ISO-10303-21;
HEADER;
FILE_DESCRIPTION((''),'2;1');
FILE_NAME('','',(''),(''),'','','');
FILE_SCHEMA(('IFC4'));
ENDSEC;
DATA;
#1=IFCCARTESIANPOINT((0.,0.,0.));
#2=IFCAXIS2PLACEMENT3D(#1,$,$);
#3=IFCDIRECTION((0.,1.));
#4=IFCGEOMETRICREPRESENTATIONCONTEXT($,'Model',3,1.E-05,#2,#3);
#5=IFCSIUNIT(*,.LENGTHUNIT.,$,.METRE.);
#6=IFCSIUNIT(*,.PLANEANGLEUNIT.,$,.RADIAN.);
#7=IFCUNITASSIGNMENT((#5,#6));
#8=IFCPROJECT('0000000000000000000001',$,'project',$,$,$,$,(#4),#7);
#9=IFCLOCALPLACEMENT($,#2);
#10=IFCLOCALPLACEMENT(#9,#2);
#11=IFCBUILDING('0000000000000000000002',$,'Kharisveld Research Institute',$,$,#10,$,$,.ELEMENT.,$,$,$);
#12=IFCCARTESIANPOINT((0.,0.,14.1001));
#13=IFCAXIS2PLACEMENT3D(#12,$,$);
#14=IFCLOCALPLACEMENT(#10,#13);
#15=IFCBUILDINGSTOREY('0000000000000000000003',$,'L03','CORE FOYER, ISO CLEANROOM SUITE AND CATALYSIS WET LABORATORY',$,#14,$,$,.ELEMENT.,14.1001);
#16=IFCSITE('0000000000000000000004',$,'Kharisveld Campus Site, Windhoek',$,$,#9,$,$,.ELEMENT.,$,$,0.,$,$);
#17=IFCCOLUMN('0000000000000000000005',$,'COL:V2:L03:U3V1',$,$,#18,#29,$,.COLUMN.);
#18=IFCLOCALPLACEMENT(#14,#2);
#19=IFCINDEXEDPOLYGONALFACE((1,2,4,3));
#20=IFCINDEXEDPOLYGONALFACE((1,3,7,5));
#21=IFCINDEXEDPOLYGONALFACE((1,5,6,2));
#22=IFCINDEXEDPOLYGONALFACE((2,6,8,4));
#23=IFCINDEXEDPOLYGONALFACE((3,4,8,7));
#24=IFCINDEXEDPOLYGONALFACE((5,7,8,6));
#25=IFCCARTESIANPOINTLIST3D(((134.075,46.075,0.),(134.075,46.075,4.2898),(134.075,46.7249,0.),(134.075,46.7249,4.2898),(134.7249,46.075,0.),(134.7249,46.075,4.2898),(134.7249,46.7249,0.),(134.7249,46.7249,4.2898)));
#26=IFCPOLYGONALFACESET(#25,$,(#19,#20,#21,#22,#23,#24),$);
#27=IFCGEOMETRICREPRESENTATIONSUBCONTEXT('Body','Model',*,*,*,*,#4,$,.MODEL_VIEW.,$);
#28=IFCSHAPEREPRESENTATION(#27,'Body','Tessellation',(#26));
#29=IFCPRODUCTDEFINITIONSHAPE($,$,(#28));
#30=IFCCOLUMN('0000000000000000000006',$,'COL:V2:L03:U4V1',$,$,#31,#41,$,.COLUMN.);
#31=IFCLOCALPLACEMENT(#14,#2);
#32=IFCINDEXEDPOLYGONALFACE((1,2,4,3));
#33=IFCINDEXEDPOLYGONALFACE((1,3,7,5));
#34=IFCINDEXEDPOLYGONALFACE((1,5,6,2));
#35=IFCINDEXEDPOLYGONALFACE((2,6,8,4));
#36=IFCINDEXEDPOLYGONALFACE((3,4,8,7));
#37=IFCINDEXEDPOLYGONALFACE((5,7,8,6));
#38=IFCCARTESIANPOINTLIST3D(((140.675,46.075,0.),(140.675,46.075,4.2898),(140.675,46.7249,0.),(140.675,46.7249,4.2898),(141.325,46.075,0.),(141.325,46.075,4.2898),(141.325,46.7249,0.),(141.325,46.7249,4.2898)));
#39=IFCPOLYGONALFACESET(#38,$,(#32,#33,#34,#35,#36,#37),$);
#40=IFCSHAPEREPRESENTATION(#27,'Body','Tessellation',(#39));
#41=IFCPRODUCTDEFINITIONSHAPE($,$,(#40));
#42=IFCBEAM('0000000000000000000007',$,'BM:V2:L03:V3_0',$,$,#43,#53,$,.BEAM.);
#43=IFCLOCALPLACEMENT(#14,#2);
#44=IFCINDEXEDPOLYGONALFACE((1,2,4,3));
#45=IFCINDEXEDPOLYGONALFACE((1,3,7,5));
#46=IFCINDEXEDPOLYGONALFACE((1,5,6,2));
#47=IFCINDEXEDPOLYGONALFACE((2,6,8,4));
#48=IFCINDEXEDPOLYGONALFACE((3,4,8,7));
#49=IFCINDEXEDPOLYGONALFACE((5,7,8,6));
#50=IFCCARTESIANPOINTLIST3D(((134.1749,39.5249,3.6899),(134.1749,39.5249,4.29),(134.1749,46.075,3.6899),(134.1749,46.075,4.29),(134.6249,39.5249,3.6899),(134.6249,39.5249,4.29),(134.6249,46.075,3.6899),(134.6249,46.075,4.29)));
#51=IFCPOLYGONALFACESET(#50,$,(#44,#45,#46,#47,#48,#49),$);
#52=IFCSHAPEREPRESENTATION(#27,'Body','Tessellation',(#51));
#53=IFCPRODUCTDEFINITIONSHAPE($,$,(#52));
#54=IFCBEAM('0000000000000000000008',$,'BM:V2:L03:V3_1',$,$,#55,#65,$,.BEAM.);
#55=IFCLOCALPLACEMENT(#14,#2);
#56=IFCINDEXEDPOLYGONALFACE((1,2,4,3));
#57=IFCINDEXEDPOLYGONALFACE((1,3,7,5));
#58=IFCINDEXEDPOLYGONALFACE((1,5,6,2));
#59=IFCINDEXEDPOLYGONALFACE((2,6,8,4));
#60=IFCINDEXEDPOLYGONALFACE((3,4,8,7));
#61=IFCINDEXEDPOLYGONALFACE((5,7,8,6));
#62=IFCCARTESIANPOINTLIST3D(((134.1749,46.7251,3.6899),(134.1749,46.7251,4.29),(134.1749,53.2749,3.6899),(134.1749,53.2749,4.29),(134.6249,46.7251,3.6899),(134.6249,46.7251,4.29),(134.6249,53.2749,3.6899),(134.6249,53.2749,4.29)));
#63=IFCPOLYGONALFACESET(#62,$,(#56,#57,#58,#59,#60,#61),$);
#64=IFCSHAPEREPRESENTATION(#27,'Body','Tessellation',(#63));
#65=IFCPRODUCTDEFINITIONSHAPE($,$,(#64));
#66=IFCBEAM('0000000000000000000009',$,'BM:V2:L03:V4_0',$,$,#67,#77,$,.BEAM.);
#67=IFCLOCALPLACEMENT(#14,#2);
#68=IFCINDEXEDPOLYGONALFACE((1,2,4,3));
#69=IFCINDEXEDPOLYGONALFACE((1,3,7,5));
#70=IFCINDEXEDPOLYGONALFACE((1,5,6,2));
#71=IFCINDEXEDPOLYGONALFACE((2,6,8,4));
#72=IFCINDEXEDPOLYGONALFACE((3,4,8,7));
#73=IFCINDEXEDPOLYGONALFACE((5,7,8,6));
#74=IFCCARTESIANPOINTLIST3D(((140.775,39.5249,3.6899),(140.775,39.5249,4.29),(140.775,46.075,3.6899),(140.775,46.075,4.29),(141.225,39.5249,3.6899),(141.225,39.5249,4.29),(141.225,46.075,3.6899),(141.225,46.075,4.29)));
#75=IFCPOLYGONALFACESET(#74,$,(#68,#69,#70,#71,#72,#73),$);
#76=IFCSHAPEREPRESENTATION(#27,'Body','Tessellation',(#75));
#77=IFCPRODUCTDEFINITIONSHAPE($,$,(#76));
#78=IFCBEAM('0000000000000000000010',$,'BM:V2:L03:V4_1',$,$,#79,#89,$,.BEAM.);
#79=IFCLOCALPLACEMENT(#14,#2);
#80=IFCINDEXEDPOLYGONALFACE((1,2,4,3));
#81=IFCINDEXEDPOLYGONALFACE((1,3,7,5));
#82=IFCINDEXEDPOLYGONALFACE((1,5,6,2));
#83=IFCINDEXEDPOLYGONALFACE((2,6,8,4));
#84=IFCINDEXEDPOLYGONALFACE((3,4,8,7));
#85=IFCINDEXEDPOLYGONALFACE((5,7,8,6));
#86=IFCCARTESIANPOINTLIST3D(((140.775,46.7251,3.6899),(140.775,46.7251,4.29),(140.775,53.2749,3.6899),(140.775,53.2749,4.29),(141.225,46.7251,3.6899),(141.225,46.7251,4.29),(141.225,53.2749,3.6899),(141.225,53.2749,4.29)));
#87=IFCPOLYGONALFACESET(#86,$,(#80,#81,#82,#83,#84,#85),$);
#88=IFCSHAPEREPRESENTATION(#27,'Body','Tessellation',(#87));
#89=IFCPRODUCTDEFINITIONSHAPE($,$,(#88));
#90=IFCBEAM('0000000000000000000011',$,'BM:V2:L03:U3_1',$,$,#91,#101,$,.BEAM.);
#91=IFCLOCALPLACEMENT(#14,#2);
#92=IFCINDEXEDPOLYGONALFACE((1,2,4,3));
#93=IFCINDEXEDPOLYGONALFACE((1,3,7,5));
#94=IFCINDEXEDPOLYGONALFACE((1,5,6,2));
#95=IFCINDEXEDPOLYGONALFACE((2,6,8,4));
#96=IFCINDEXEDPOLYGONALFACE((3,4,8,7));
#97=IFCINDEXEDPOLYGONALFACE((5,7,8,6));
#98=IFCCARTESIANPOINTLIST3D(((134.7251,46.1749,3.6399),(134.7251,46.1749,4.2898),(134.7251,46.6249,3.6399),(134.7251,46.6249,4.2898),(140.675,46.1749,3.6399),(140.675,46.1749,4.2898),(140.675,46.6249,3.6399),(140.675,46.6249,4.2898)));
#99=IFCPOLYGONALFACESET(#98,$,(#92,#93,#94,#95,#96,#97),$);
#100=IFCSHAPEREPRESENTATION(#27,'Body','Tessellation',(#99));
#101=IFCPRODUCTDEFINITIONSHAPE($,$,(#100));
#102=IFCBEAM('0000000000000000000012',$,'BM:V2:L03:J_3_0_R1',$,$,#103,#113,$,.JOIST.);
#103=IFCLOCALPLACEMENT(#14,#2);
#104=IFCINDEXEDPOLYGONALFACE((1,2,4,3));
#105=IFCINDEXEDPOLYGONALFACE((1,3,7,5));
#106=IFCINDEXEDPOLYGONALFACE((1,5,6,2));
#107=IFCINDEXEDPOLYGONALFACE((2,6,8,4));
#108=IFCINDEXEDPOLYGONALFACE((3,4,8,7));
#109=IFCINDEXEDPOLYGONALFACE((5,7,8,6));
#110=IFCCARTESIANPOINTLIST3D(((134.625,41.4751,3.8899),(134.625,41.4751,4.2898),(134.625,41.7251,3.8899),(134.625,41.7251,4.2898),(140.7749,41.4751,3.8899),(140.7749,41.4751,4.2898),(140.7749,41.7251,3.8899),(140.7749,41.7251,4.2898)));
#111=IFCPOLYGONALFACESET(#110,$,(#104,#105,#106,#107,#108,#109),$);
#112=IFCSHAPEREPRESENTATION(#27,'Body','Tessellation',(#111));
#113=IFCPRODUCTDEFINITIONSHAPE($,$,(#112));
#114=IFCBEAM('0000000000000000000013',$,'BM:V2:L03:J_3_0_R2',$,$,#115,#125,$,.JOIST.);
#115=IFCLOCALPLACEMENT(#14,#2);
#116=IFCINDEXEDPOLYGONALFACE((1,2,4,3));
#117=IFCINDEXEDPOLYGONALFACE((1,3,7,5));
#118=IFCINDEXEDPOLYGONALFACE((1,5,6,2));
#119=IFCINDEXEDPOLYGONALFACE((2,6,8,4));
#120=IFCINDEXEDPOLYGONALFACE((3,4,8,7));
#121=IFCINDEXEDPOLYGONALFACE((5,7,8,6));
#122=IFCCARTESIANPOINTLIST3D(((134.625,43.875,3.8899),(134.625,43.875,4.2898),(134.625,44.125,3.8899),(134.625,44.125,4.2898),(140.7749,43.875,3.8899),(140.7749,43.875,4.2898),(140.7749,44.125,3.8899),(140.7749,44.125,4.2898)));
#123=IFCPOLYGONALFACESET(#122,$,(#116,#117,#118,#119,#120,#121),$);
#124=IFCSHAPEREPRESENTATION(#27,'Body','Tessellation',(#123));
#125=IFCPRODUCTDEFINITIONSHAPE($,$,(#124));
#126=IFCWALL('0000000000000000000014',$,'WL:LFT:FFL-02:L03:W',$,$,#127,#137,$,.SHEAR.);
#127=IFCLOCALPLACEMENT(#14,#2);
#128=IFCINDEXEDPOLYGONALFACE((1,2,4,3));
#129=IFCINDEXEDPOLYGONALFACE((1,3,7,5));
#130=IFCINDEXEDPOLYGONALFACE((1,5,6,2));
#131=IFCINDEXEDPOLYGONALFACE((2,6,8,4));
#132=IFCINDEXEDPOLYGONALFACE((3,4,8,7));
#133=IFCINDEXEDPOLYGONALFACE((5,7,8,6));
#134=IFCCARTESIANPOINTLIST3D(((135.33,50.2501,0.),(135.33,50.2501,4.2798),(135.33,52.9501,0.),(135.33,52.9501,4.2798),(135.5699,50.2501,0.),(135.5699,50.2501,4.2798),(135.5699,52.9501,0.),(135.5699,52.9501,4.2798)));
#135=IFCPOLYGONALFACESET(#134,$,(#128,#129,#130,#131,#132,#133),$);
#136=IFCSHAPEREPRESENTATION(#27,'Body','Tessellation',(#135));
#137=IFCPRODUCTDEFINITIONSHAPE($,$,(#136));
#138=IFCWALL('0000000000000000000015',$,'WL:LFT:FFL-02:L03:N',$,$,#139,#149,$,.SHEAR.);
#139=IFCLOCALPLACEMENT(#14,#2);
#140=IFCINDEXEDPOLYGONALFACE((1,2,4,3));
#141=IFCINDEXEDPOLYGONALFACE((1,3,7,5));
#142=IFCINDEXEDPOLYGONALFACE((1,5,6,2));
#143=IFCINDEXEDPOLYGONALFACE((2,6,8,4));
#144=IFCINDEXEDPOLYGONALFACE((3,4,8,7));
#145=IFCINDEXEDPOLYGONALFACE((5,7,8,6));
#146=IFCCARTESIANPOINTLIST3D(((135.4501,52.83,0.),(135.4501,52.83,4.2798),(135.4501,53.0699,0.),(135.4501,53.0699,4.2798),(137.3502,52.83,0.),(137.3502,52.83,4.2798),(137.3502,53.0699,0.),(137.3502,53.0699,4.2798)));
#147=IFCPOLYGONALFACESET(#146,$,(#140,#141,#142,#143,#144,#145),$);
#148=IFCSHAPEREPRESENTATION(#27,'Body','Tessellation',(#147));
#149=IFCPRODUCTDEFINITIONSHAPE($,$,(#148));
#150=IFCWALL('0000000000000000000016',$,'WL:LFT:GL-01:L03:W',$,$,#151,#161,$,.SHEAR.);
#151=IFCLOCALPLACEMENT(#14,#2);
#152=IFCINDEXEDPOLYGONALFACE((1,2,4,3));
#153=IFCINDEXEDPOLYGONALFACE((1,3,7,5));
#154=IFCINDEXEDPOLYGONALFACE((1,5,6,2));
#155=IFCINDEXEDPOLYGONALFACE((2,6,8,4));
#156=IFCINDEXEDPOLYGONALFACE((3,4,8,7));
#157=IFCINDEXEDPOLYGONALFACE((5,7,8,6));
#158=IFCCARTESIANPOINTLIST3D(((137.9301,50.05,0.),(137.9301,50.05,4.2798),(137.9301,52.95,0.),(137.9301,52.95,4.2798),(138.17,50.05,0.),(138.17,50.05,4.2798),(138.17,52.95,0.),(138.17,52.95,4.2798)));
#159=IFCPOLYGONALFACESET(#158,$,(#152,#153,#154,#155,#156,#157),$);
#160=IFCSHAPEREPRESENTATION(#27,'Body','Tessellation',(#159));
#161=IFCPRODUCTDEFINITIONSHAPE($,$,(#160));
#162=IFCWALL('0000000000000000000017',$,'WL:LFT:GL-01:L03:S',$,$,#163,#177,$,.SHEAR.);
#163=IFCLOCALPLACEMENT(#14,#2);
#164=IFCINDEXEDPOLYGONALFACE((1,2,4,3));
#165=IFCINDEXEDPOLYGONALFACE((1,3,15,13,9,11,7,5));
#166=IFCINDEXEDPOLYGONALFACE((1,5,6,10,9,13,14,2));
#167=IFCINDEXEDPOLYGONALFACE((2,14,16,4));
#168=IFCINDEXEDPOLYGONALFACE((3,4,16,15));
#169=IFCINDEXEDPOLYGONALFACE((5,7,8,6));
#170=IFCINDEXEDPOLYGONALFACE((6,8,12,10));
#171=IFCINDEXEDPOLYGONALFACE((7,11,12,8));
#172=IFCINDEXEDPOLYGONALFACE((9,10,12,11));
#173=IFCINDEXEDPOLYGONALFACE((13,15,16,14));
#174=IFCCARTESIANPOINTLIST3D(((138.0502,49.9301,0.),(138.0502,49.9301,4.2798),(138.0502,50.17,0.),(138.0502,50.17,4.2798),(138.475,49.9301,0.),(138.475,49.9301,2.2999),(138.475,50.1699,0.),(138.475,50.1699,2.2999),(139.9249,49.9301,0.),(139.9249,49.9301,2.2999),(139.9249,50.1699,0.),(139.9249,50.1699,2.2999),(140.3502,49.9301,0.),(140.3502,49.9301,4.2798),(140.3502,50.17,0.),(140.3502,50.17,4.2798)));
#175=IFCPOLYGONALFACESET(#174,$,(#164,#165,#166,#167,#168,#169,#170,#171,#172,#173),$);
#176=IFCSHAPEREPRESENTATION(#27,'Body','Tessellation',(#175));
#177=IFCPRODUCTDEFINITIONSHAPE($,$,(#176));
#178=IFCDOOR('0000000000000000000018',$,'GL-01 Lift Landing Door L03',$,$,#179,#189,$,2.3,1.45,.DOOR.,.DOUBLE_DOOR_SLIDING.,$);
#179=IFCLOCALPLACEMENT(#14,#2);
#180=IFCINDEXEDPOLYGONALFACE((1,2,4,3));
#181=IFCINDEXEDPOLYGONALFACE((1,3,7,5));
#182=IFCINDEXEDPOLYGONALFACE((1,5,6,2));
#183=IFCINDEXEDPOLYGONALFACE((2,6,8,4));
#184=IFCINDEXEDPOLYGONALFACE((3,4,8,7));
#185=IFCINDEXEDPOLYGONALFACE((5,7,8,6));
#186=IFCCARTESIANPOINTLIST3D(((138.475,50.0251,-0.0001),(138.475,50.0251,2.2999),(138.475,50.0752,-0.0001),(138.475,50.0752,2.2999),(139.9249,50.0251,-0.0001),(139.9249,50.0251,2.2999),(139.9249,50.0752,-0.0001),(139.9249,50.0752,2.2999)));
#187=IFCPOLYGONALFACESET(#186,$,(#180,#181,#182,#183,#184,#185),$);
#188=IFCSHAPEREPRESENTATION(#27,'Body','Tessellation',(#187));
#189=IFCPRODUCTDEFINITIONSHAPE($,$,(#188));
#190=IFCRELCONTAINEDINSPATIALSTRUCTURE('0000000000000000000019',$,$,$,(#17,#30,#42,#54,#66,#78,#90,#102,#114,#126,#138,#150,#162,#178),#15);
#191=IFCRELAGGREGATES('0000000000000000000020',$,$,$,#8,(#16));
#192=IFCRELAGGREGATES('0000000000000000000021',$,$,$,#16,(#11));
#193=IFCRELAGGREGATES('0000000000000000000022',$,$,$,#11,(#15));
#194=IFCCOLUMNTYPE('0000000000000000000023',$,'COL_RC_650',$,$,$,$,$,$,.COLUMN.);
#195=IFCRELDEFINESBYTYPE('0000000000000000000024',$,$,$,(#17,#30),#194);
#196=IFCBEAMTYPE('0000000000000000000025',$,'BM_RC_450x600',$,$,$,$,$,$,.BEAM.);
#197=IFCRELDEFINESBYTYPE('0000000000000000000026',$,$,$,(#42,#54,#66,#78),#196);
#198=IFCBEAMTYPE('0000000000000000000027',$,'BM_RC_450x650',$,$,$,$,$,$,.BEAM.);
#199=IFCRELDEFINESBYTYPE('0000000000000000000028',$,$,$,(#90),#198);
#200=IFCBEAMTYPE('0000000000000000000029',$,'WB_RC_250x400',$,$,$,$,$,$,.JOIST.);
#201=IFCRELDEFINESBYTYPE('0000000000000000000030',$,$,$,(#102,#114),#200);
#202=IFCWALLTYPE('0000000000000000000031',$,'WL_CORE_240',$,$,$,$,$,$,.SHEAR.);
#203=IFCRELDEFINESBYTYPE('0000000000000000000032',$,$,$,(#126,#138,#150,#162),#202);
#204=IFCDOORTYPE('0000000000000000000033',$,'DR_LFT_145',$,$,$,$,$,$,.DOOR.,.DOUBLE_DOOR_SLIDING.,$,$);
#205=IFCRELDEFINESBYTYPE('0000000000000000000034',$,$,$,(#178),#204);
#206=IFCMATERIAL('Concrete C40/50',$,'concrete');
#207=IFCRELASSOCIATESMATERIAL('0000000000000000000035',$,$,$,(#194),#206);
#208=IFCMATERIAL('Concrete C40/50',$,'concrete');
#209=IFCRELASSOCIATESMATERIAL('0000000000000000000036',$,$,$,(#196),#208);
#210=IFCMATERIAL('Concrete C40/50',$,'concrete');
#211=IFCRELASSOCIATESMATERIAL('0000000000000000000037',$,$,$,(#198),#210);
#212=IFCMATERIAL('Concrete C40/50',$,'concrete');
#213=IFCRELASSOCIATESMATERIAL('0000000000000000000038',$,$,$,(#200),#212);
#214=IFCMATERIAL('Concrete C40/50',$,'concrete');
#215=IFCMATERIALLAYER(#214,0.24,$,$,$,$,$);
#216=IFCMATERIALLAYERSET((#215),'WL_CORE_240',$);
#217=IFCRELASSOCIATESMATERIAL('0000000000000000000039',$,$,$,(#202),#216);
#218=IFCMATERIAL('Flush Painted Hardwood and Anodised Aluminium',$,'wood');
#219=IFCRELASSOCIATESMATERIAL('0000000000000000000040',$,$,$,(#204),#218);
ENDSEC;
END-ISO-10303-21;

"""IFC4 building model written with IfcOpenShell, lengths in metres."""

from ifc_helpers import new_model, si_unit, direction, frame, frame_2d, origin, origin_2d, place, context, subcontext, project, spatial, rectangle, extrude, material, layer, layer_set, material_profile, profile_set, type_object, element, fill, save


model = new_model("IFC4")

# Units and contexts
model_context = context("Model", 3, precision=1e-05, world=origin(), true_north=direction((0.0, 1.0)))
body_context = subcontext(model_context, "Body", "Model", "MODEL_VIEW")
ifc_project = project(units=[si_unit("LENGTHUNIT", "METRE"), si_unit("PLANEANGLEUNIT", "RADIAN")], contexts=[model_context])

# Site, building, storey
site_placement = place(None, origin())
site = spatial("IfcSite", under=ifc_project, at=site_placement, Name="Kharisveld Campus Site, Windhoek", CompositionType="ELEMENT", RefElevation=0.0)
building_placement = place(site_placement, origin())
building = spatial("IfcBuilding", under=site, at=building_placement, Name="Kharisveld Research Institute", CompositionType="ELEMENT")
storey_placement = place(building_placement, frame((0.0, 0.0, 14.1001)))
storey = spatial("IfcBuildingStorey", under=building, at=storey_placement, Name="L03", Description="CORE FOYER, ISO CLEANROOM SUITE AND CATALYSIS WET LABORATORY", CompositionType="ELEMENT", Elevation=14.1001)

# Columns
ifc_material_1 = material(Name="Concrete C40/50", Category="concrete")
ifc_material_profile_1 = material_profile(ifc_material_1, rectangle(XDim=0.6499, YDim=0.6499, at=origin_2d()))
ifc_profile_set_1 = profile_set([ifc_material_profile_1], Name="Concrete C40/50")
column_type = type_object("IfcColumnType", Name="COL_RC_650", PredefinedType="COLUMN", material=ifc_profile_set_1)
for number, where, z_axis, x_axis, name in (
    (1, (134.3999, 46.3999, 0.0), (0.0, 0.0, 1.0), (1.0, 0.0, 0.0), "COL:V2:L03:U3V1"),
    (2, (141.0, 46.3999, 0.0), (0.0, 0.0, 1.0), (1.0, 0.0, 0.0), "COL:V2:L03:U4V1"),
):
    element("IfcColumn", number, at=place(storey_placement, frame(where, z_axis=z_axis, x_axis=x_axis)), inside=storey, type_object=column_type, Name=name, PredefinedType="COLUMN", context=body_context, shape_type="SweptSolid", body=[
        extrude(rectangle(XDim=0.6499, YDim=0.6499, at=origin_2d()), origin(), (0.0, 0.0, 1.0), 4.2898),
    ])

# Beams
ifc_material_2 = material(Name="Concrete C40/50", Category="concrete")
ifc_material_profile_2 = material_profile(ifc_material_2, rectangle(XDim=0.45, YDim=0.6001, at=origin_2d()))
ifc_profile_set_2 = profile_set([ifc_material_profile_2], Name="Concrete C40/50")
beam_type_1 = type_object("IfcBeamType", Name="BM_RC_450x600", PredefinedType="BEAM", material=ifc_profile_set_2)
beam_1_placement = place(storey_placement, frame((134.3999, 39.5249, 3.99), z_axis=(0.0, 1.0, 0.0), x_axis=(-1.0, 0.0, 0.0)))
element("IfcBeam", 3, at=beam_1_placement, inside=storey, type_object=beam_type_1, Name="BM:V2:L03:V3_0", PredefinedType="BEAM", context=body_context, shape_type="SweptSolid", body=[
    extrude(rectangle(XDim=0.45, YDim=0.6001, at=origin_2d()), origin(), (0.0, 0.0, 1.0), 6.55),
])
beam_2_placement = place(storey_placement, frame((134.3999, 46.7251, 3.99), z_axis=(0.0, 1.0, 0.0), x_axis=(-1.0, 0.0, 0.0)))
element("IfcBeam", 4, at=beam_2_placement, inside=storey, type_object=beam_type_1, Name="BM:V2:L03:V3_1", PredefinedType="BEAM", context=body_context, shape_type="SweptSolid", body=[
    extrude(rectangle(XDim=0.45, YDim=0.6001, at=origin_2d()), origin(), (0.0, 0.0, 1.0), 6.5498),
])
beam_3_placement = place(storey_placement, frame((141.0, 39.5249, 3.99), z_axis=(0.0, 1.0, 0.0), x_axis=(-1.0, 0.0, 0.0)))
element("IfcBeam", 5, at=beam_3_placement, inside=storey, type_object=beam_type_1, Name="BM:V2:L03:V4_0", PredefinedType="BEAM", context=body_context, shape_type="SweptSolid", body=[
    extrude(rectangle(XDim=0.45, YDim=0.6001, at=origin_2d()), origin(), (0.0, 0.0, 1.0), 6.55),
])
beam_4_placement = place(storey_placement, frame((141.0, 46.7251, 3.99), z_axis=(0.0, 1.0, 0.0), x_axis=(-1.0, 0.0, 0.0)))
element("IfcBeam", 6, at=beam_4_placement, inside=storey, type_object=beam_type_1, Name="BM:V2:L03:V4_1", PredefinedType="BEAM", context=body_context, shape_type="SweptSolid", body=[
    extrude(rectangle(XDim=0.45, YDim=0.6001, at=origin_2d()), origin(), (0.0, 0.0, 1.0), 6.5498),
])
ifc_material_3 = material(Name="Concrete C40/50", Category="concrete")
ifc_material_profile_3 = material_profile(ifc_material_3, rectangle(XDim=0.45, YDim=0.6499, at=origin_2d()))
ifc_profile_set_3 = profile_set([ifc_material_profile_3], Name="Concrete C40/50")
beam_type_2 = type_object("IfcBeamType", Name="BM_RC_450x650", PredefinedType="BEAM", material=ifc_profile_set_3)
beam_5_placement = place(storey_placement, frame((134.7251, 46.3999, 3.9648), z_axis=(1.0, 0.0, 0.0), x_axis=(0.0, 1.0, 0.0)))
element("IfcBeam", 7, at=beam_5_placement, inside=storey, type_object=beam_type_2, Name="BM:V2:L03:U3_1", PredefinedType="BEAM", context=body_context, shape_type="SweptSolid", body=[
    extrude(rectangle(XDim=0.45, YDim=0.6499, at=origin_2d()), origin(), (0.0, 0.0, 1.0), 5.95),
])
ifc_material_4 = material(Name="Concrete C40/50", Category="concrete")
ifc_material_profile_4 = material_profile(ifc_material_4, rectangle(XDim=0.25, YDim=0.3999, at=origin_2d()))
ifc_profile_set_4 = profile_set([ifc_material_profile_4], Name="Concrete C40/50")
beam_type_3 = type_object("IfcBeamType", Name="WB_RC_250x400", PredefinedType="JOIST", material=ifc_profile_set_4)
for number, where, z_axis, x_axis, name in (
    (8, (134.625, 41.6001, 4.0898), (1.0, 0.0, 0.0), (0.0, 1.0, 0.0), "BM:V2:L03:J_3_0_R1"),
    (9, (134.625, 44.0, 4.0898), (1.0, 0.0, 0.0), (0.0, 1.0, 0.0), "BM:V2:L03:J_3_0_R2"),
):
    element("IfcBeam", number, at=place(storey_placement, frame(where, z_axis=z_axis, x_axis=x_axis)), inside=storey, type_object=beam_type_3, Name=name, PredefinedType="JOIST", context=body_context, shape_type="SweptSolid", body=[
        extrude(rectangle(XDim=0.25, YDim=0.3999, at=origin_2d()), origin(), (0.0, 0.0, 1.0), 6.1499),
    ])

# Walls
ifc_material_5 = material(Name="Concrete C40/50", Category="concrete")
ifc_layer_1 = layer(ifc_material_5, 0.24)
ifc_layer_set_1 = layer_set([ifc_layer_1], Name="WL_CORE_240")
wall_type_1 = type_object("IfcWallType", Name="WL_CORE_240", PredefinedType="SHEAR", material=ifc_layer_set_1)
wall_1_placement = place(storey_placement, frame((135.45, 50.25, 0.0), z_axis=(0.0, 0.0, 1.0), x_axis=(0.0, 1.0, 0.0)))
element("IfcWall", 10, at=wall_1_placement, inside=storey, type_object=wall_type_1, Name="WL:LFT:FFL-02:L03:W", PredefinedType="SHEAR", context=body_context, shape_type="SweptSolid", body=[
    extrude(rectangle(XDim=2.7, YDim=0.24, at=frame_2d((1.3501, 0.0))), origin(), (0.0, 0.0, 1.0), 4.2798),
])
wall_2_placement = place(storey_placement, frame((135.45, 52.95, 0.0), z_axis=(0.0, 0.0, 1.0), x_axis=(1.0, 0.0, 0.0)))
element("IfcWall", 11, at=wall_2_placement, inside=storey, type_object=wall_type_1, Name="WL:LFT:FFL-02:L03:N", PredefinedType="SHEAR", context=body_context, shape_type="SweptSolid", body=[
    extrude(rectangle(XDim=1.9001, YDim=0.24, at=frame_2d((0.9502, 0.0))), origin(), (0.0, 0.0, 1.0), 4.2798),
])

# Wall
wall_3_placement = place(storey_placement, frame((138.05, 50.05, 0.0), z_axis=(0.0, 0.0, 1.0), x_axis=(0.0, 1.0, 0.0)))
element("IfcWall", 12, at=wall_3_placement, inside=storey, type_object=wall_type_1, Name="WL:LFT:GL-01:L03:W", PredefinedType="SHEAR", context=body_context, shape_type="SweptSolid", body=[
    extrude(rectangle(XDim=2.8999, YDim=0.24, at=frame_2d((1.45, 0.0))), origin(), (0.0, 0.0, 1.0), 4.2798),
])

# Wall, opening, door
wall_4_placement = place(storey_placement, frame((140.3501, 50.05, 0.0), z_axis=(0.0, 0.0, 1.0), x_axis=(-1.0, 0.0, 0.0)))
wall_4 = element("IfcWall", 13, at=wall_4_placement, inside=storey, type_object=wall_type_1, Name="WL:LFT:GL-01:L03:S", PredefinedType="SHEAR", context=body_context, shape_type="SweptSolid", body=[
    extrude(rectangle(XDim=2.3, YDim=0.24, at=frame_2d((1.1499, 0.0))), origin(), (0.0, 0.0, 1.0), 4.2798),
])
opening_1_placement = place(wall_4_placement, frame((0.425, 0.0, 0.0)))
opening_1 = element("IfcOpeningElement", 14, at=opening_1_placement, cuts=wall_4, PredefinedType="OPENING", context=body_context, shape_type="SweptSolid", body=[
    extrude(rectangle(XDim=1.45, YDim=2.3, at=frame_2d((0.7251, 1.1499))), frame((0.0, 0.1201, 0.0), z_axis=(0.0, -1.0, 0.0), x_axis=(1.0, 0.0, 0.0)), (0.0, 0.0, 1.0), 0.24),
])
ifc_material_6 = material(Name="Flush Painted Hardwood and Anodised Aluminium", Category="wood")
door_type_1 = type_object("IfcDoorType", Name="DR_LFT_145", OperationType="DOUBLE_DOOR_SLIDING", PredefinedType="DOOR", material=ifc_material_6)
door_1_placement = place(opening_1_placement, origin())
door_1 = element("IfcDoor", 15, at=door_1_placement, inside=storey, type_object=door_type_1, Name="GL-01 Lift Landing Door L03", OperationType="DOUBLE_DOOR_SLIDING", OverallHeight=2.3, OverallWidth=1.45, PredefinedType="DOOR", context=body_context, shape_type="SweptSolid", body=[
    extrude(rectangle(XDim=1.45, YDim=2.3, at=frame_2d((0.7251, 1.1499))), frame((0.0, 0.0249, 0.0), z_axis=(0.0, -1.0, 0.0), x_axis=(1.0, 0.0, 0.0)), (0.0, 0.0, 1.0), 0.05),
])
fill(opening_1, door_1)

save(model, "model.ifc")
